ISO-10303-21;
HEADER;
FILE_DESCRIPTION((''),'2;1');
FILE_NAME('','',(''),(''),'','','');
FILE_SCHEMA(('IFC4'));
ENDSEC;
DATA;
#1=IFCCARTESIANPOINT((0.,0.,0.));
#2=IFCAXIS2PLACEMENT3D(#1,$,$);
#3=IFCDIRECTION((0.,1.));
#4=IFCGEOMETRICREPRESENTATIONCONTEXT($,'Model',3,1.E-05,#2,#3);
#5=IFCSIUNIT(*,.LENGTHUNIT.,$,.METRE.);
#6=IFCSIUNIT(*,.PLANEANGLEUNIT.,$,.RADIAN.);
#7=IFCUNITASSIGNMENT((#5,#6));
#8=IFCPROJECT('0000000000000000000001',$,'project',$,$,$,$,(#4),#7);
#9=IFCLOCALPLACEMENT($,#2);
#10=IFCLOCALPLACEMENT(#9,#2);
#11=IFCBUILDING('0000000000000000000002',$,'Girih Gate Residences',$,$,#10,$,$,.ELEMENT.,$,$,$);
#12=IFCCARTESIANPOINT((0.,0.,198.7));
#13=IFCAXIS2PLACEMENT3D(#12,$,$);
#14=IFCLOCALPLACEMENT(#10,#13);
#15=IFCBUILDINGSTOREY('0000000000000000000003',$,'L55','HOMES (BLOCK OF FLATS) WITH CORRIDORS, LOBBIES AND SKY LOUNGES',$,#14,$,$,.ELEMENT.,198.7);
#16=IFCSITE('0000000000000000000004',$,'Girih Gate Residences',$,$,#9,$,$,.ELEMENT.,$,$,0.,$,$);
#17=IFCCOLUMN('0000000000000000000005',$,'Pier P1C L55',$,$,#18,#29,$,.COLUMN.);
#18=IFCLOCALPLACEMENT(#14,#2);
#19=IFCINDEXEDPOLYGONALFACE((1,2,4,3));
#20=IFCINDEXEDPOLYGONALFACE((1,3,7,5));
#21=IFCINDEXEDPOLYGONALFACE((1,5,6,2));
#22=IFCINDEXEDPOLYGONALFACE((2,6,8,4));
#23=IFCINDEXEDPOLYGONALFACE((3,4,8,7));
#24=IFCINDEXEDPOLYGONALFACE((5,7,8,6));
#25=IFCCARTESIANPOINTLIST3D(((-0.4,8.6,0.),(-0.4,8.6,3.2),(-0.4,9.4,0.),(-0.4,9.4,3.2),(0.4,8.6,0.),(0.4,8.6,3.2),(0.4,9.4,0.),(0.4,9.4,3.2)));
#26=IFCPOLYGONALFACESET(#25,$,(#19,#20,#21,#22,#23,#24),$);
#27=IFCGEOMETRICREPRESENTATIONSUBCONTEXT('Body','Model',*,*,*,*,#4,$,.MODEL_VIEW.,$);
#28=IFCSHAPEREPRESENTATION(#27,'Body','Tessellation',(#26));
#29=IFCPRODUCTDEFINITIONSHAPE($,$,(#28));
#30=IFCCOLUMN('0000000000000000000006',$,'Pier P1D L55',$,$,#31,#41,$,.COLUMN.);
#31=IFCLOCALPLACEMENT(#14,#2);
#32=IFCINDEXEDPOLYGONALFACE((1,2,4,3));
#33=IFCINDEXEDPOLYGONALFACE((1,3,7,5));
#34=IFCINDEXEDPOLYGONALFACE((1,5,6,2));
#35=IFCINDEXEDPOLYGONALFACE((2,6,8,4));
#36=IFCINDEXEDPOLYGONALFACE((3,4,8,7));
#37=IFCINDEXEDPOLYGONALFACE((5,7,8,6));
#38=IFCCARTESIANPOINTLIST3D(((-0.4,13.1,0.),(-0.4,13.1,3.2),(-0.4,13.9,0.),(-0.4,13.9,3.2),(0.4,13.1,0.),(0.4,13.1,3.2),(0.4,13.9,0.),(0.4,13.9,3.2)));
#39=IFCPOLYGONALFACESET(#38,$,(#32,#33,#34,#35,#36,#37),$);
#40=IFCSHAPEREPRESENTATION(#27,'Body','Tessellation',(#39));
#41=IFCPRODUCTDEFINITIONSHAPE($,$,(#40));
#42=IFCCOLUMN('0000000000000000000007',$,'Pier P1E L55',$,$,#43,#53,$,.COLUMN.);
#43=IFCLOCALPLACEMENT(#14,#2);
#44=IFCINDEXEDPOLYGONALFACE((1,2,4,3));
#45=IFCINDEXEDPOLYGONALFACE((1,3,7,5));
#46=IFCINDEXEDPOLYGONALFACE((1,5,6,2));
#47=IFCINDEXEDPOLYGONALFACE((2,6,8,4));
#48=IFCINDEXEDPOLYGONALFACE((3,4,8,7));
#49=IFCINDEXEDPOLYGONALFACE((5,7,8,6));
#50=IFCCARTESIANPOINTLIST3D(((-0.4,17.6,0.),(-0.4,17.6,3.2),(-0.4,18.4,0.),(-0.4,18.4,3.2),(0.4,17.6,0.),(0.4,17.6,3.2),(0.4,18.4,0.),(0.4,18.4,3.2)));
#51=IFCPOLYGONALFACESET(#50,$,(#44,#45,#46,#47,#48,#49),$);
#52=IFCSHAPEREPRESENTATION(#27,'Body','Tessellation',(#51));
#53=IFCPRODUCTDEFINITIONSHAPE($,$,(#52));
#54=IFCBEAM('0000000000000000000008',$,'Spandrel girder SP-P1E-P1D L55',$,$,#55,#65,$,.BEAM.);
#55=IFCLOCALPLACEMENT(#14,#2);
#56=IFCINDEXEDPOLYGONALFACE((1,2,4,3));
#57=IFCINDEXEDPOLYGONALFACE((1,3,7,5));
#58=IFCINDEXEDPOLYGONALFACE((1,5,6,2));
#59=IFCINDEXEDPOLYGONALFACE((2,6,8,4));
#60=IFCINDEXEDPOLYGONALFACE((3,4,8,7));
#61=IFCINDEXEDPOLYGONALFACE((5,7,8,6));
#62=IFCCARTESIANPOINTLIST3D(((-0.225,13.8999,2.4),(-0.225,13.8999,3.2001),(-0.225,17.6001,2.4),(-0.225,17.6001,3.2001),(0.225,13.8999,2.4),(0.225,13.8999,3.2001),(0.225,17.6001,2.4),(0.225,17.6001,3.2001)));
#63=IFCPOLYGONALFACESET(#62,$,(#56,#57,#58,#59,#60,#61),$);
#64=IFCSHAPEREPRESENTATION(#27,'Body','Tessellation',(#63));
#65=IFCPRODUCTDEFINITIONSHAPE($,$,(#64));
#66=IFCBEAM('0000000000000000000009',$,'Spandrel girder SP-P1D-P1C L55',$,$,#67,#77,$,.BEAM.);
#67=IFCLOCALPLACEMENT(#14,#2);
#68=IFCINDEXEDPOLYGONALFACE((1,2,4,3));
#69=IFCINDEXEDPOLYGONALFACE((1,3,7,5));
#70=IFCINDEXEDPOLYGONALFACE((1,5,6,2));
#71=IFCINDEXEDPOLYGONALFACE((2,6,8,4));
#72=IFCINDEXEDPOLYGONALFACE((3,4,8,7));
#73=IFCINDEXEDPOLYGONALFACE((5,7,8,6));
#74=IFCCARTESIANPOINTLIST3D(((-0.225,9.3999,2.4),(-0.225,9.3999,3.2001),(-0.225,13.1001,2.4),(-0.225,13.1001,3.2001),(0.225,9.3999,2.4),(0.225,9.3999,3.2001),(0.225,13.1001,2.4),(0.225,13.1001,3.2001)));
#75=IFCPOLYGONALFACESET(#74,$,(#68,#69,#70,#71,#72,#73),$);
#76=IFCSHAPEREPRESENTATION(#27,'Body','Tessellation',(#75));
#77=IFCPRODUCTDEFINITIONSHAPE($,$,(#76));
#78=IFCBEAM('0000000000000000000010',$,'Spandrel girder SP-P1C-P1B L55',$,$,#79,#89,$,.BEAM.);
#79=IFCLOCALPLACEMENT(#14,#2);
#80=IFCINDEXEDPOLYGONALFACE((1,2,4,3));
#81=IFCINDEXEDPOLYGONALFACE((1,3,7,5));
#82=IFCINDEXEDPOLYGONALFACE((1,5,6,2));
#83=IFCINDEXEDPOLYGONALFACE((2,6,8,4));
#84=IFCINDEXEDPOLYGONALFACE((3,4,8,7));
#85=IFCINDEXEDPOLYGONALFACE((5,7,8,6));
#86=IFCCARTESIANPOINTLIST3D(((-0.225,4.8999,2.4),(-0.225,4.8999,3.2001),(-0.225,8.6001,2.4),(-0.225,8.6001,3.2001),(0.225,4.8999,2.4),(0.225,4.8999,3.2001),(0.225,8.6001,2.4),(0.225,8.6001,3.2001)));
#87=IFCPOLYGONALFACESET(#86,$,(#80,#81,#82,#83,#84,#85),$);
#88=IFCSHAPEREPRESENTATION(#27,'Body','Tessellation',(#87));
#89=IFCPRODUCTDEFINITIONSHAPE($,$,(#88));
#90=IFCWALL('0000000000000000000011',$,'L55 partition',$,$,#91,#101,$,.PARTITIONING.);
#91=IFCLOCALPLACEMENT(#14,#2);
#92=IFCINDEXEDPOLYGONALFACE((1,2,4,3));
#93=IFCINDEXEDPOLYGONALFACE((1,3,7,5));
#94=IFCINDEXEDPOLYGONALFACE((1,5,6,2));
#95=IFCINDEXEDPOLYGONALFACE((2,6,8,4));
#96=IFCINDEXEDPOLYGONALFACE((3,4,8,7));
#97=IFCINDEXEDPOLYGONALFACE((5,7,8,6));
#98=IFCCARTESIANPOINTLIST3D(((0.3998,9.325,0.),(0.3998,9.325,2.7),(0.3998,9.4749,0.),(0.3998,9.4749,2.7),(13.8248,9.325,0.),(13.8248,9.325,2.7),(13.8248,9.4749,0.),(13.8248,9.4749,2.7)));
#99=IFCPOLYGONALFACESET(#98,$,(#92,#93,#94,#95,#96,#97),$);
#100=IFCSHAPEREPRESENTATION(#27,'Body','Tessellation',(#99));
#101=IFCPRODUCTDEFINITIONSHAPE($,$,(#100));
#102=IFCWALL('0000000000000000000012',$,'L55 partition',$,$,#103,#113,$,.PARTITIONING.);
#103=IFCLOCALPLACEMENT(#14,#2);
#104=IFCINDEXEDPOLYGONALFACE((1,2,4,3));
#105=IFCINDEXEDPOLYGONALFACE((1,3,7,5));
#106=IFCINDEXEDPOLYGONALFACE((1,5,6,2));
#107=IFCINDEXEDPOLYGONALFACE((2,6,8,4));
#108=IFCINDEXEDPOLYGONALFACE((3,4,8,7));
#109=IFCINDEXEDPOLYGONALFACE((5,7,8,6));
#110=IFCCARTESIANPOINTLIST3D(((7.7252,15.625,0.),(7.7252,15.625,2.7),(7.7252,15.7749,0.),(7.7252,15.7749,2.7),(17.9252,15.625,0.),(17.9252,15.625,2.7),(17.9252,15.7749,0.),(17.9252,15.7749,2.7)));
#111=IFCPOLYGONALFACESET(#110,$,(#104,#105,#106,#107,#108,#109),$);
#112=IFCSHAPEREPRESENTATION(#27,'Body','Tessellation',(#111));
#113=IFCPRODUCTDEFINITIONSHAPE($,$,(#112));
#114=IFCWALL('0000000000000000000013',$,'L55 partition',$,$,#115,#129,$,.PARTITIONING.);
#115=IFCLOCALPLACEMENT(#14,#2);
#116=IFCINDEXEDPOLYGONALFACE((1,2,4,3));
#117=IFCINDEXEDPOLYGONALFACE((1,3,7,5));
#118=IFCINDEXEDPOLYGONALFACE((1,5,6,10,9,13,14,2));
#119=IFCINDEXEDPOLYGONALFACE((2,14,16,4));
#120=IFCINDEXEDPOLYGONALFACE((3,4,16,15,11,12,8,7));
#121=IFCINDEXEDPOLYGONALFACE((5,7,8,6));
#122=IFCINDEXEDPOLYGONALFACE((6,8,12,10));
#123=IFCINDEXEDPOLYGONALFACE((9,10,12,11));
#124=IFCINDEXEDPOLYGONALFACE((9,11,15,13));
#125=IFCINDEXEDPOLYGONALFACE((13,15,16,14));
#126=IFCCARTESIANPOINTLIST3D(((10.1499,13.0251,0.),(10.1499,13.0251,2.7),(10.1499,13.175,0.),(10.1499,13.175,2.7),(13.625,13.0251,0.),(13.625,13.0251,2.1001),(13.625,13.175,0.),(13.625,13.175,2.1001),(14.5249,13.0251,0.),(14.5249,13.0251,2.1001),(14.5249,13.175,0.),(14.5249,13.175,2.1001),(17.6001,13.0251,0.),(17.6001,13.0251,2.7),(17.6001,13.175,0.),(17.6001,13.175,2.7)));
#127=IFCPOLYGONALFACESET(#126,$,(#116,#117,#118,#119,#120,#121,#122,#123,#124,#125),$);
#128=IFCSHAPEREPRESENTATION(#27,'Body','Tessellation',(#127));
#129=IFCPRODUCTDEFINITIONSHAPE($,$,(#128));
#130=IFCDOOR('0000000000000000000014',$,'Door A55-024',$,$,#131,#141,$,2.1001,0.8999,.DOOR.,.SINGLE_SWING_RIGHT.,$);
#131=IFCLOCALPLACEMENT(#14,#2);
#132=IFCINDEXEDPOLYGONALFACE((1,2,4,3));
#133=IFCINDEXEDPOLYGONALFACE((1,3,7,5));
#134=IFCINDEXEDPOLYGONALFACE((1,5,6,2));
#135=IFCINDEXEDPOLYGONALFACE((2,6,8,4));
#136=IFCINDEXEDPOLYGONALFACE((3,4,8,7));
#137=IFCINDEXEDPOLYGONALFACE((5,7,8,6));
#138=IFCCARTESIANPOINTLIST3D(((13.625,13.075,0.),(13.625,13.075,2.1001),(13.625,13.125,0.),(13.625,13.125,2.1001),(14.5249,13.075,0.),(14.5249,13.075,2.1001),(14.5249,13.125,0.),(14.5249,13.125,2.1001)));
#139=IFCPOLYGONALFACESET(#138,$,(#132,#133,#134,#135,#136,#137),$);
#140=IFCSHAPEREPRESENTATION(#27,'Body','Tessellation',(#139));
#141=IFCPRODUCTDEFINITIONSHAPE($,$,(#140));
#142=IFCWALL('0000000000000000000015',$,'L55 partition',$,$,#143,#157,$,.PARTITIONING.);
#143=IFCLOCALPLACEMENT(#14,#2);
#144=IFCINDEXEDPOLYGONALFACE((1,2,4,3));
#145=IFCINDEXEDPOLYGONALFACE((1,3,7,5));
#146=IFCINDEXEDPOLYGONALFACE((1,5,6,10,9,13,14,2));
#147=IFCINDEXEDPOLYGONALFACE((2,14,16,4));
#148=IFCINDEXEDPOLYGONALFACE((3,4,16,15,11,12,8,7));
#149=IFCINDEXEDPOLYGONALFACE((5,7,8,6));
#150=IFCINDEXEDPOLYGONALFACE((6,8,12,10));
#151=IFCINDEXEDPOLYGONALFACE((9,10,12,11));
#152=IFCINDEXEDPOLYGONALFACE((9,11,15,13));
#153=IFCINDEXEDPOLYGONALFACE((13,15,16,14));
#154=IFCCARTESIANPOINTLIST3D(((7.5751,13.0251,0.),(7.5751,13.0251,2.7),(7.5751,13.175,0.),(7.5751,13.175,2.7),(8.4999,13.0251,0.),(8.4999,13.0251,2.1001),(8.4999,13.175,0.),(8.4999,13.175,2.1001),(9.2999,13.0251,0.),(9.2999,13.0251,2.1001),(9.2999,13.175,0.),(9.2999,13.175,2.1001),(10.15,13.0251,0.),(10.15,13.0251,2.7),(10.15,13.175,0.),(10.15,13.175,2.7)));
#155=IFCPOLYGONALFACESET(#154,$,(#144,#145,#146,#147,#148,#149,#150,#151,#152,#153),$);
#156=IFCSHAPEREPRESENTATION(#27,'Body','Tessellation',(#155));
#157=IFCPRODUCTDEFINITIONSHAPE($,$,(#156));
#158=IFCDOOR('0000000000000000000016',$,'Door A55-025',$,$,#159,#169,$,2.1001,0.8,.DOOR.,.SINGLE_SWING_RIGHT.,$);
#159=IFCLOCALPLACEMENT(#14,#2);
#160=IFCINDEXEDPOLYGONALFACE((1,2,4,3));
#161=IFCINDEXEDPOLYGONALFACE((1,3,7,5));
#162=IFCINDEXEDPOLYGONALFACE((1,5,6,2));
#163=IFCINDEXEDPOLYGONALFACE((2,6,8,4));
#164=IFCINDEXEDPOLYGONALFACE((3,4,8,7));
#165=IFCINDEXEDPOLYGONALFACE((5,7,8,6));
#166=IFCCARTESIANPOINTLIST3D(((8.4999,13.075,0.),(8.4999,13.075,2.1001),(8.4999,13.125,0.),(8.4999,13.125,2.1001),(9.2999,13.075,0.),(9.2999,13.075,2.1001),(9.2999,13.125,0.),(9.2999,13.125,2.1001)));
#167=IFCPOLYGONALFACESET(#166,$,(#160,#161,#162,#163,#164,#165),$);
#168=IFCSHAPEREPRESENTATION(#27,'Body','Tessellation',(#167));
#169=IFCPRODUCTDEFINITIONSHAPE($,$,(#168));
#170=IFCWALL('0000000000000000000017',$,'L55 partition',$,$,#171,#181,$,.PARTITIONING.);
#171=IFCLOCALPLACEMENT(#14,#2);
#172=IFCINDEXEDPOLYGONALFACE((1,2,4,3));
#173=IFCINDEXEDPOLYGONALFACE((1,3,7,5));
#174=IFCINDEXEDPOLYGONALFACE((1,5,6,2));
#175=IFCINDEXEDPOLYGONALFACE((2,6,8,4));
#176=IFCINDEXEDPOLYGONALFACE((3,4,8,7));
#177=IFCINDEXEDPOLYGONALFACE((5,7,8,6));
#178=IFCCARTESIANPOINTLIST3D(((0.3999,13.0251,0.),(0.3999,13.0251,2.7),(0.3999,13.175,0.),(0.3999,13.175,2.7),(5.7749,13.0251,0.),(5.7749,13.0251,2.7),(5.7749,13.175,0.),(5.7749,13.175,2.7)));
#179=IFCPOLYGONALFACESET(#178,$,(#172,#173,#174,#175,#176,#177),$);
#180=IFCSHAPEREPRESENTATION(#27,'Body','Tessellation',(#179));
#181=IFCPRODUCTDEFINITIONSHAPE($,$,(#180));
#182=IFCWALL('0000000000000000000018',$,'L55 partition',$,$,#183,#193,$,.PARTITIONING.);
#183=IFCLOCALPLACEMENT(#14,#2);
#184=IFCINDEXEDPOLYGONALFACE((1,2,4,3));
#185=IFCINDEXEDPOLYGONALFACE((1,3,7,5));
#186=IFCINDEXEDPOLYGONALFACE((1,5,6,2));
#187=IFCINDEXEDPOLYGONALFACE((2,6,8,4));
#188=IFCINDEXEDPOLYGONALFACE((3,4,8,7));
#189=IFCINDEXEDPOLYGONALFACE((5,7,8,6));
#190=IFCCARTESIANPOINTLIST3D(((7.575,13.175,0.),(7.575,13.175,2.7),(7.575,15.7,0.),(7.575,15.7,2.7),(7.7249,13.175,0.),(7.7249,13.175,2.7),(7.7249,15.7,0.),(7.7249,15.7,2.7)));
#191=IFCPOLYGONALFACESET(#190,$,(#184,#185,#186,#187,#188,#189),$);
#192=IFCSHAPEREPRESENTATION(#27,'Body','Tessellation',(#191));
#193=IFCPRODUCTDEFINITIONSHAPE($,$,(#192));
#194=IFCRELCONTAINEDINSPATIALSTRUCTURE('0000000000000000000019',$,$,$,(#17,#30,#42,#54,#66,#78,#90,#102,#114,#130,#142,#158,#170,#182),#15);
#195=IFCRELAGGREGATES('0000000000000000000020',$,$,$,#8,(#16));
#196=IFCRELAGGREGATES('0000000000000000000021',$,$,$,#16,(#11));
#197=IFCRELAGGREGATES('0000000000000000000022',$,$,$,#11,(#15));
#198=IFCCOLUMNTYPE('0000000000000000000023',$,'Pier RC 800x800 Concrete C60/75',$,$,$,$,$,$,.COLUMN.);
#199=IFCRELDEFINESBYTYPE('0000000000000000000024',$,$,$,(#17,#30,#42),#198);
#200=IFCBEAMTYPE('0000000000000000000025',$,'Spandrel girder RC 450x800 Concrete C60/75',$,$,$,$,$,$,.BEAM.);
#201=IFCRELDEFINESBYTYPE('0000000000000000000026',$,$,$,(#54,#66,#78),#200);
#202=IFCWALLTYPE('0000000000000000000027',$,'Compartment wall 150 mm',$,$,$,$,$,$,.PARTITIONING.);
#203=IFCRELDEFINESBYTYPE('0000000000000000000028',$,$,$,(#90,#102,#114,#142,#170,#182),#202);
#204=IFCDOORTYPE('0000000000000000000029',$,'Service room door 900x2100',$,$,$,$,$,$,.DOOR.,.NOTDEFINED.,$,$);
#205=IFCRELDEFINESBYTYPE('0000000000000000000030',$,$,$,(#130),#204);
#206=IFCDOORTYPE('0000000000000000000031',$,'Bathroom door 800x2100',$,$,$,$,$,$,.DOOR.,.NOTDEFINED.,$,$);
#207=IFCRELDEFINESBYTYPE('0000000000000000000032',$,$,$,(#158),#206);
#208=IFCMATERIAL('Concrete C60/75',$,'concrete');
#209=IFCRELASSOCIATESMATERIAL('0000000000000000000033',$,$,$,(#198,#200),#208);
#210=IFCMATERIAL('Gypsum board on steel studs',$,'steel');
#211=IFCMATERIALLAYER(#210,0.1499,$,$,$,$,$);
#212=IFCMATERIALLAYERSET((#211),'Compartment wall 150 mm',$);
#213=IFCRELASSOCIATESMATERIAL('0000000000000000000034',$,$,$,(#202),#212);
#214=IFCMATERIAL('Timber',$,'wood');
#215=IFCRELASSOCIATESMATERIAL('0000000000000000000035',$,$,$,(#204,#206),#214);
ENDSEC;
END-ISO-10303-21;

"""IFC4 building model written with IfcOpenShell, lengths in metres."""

from ifc_helpers import new_model, si_unit, direction, frame, frame_2d, origin, origin_2d, place, context, subcontext, project, spatial, rectangle, extrude, material, layer, layer_set, material_profile, profile_set, type_object, element, fill, save


model = new_model("IFC4")

# Units and contexts
model_context = context("Model", 3, precision=1e-05, world=origin(), true_north=direction((0.0, 1.0)))
body_context = subcontext(model_context, "Body", "Model", "MODEL_VIEW")
ifc_project = project(units=[si_unit("LENGTHUNIT", "METRE"), si_unit("PLANEANGLEUNIT", "RADIAN")], contexts=[model_context])

# Site, building, storey
site_placement = place(None, origin())
site = spatial("IfcSite", under=ifc_project, at=site_placement, Name="Girih Gate Residences", CompositionType="ELEMENT", RefElevation=0.0)
building_placement = place(site_placement, origin())
building = spatial("IfcBuilding", under=site, at=building_placement, Name="Girih Gate Residences", CompositionType="ELEMENT")
storey_placement = place(building_placement, frame((0.0, 0.0, 198.7)))
storey = spatial("IfcBuildingStorey", under=building, at=storey_placement, Name="L55", Description="HOMES (BLOCK OF FLATS) WITH CORRIDORS, LOBBIES AND SKY LOUNGES", CompositionType="ELEMENT", Elevation=198.7)

# Columns
ifc_material_1 = material(Name="Concrete C60/75", Category="concrete")
ifc_material_profile_1 = material_profile(ifc_material_1, rectangle(XDim=0.8, YDim=0.8, at=origin_2d()))
ifc_profile_set_1 = profile_set([ifc_material_profile_1], Name="Concrete C60/75")
column_type = type_object("IfcColumnType", Name="Pier RC 800x800 Concrete C60/75", PredefinedType="COLUMN", material=ifc_profile_set_1)
for number, where, z_axis, x_axis, name in (
    (1, (0.0, 9.0, 0.0), (0.0, 0.0, 1.0), (1.0, 0.0, 0.0), "Pier P1C L55"),
    (2, (0.0, 13.5, 0.0), (0.0, 0.0, 1.0), (1.0, 0.0, 0.0), "Pier P1D L55"),
    (3, (0.0, 18.0, 0.0), (0.0, 0.0, 1.0), (1.0, 0.0, 0.0), "Pier P1E L55"),
):
    element("IfcColumn", number, at=place(storey_placement, frame(where, z_axis=z_axis, x_axis=x_axis)), inside=storey, type_object=column_type, Name=name, PredefinedType="COLUMN", context=body_context, shape_type="SweptSolid", body=[
        extrude(rectangle(XDim=0.8, YDim=0.8, at=origin_2d()), origin(), (0.0, 0.0, 1.0), 3.2),
    ])

# Beams
ifc_material_profile_2 = material_profile(ifc_material_1, rectangle(XDim=0.45, YDim=0.8, at=origin_2d()))
ifc_profile_set_2 = profile_set([ifc_material_profile_2], Name="Concrete C60/75")
beam_type = type_object("IfcBeamType", Name="Spandrel girder RC 450x800 Concrete C60/75", PredefinedType="BEAM", material=ifc_profile_set_2)
for number, where, z_axis, x_axis, name in (
    (4, (0.0, 17.6001, 2.8), (0.0, -1.0, 0.0), (1.0, 0.0, 0.0), "Spandrel girder SP-P1E-P1D L55"),
    (5, (0.0, 13.1001, 2.8), (0.0, -1.0, 0.0), (1.0, 0.0, 0.0), "Spandrel girder SP-P1D-P1C L55"),
    (6, (0.0, 8.6001, 2.8), (0.0, -1.0, 0.0), (1.0, 0.0, 0.0), "Spandrel girder SP-P1C-P1B L55"),
):
    element("IfcBeam", number, at=place(storey_placement, frame(where, z_axis=z_axis, x_axis=x_axis)), inside=storey, type_object=beam_type, Name=name, PredefinedType="BEAM", context=body_context, shape_type="SweptSolid", body=[
        extrude(rectangle(XDim=0.45, YDim=0.8, at=origin_2d()), origin(), (0.0, 0.0, 1.0), 3.7002),
    ])

# Walls
ifc_material_2 = material(Name="Gypsum board on steel studs", Category="steel")
ifc_layer_1 = layer(ifc_material_2, 0.1499)
ifc_layer_set_1 = layer_set([ifc_layer_1], Name="Compartment wall 150 mm")
wall_type_1 = type_object("IfcWallType", Name="Compartment wall 150 mm", PredefinedType="PARTITIONING", material=ifc_layer_set_1)
wall_1_placement = place(storey_placement, frame((0.3999, 9.3999, 0.0), z_axis=(0.0, 0.0, 1.0), x_axis=(1.0, 0.0, 0.0)))
element("IfcWall", 7, at=wall_1_placement, inside=storey, type_object=wall_type_1, Name="L55 partition", PredefinedType="PARTITIONING", context=body_context, shape_type="SweptSolid", body=[
    extrude(rectangle(XDim=13.425, YDim=0.1499, at=frame_2d((6.7124, 0.0))), origin(), (0.0, 0.0, 1.0), 2.7),
])
wall_2_placement = place(storey_placement, frame((7.7251, 15.7, 0.0), z_axis=(0.0, 0.0, 1.0), x_axis=(1.0, 0.0, 0.0)))
element("IfcWall", 8, at=wall_2_placement, inside=storey, type_object=wall_type_1, Name="L55 partition", PredefinedType="PARTITIONING", context=body_context, shape_type="SweptSolid", body=[
    extrude(rectangle(XDim=10.2, YDim=0.1499, at=frame_2d((5.1001, 0.0))), origin(), (0.0, 0.0, 1.0), 2.7),
])

# Walls, openings, doors
wall_3_placement = place(storey_placement, frame((10.1499, 13.1001, 0.0), z_axis=(0.0, 0.0, 1.0), x_axis=(1.0, 0.0, 0.0)))
wall_3 = element("IfcWall", 9, at=wall_3_placement, inside=storey, type_object=wall_type_1, Name="L55 partition", PredefinedType="PARTITIONING", context=body_context, shape_type="SweptSolid", body=[
    extrude(rectangle(XDim=7.4502, YDim=0.1499, at=frame_2d((3.7251, 0.0))), origin(), (0.0, 0.0, 1.0), 2.7),
])
opening_1_placement = place(wall_3_placement, frame((3.4751, 0.0, 0.0)))
opening_1 = element("IfcOpeningElement", 10, at=opening_1_placement, cuts=wall_3, PredefinedType="OPENING", context=body_context, shape_type="SweptSolid", body=[
    extrude(rectangle(XDim=0.8999, YDim=2.1001, at=frame_2d((0.45, 1.05))), frame((0.0, 0.085, 0.0), z_axis=(0.0, -1.0, 0.0), x_axis=(1.0, 0.0, 0.0)), (0.0, 0.0, 1.0), 0.1699),
])
ifc_material_3 = material(Name="Timber", Category="wood")
door_type_1 = type_object("IfcDoorType", Name="Service room door 900x2100", OperationType="NOTDEFINED", PredefinedType="DOOR", material=ifc_material_3)
door_1_placement = place(opening_1_placement, origin())
door_1 = element("IfcDoor", 11, at=door_1_placement, inside=storey, type_object=door_type_1, Name="Door A55-024", OperationType="SINGLE_SWING_RIGHT", OverallHeight=2.1001, OverallWidth=0.8999, PredefinedType="DOOR", context=body_context, shape_type="SweptSolid", body=[
    extrude(rectangle(XDim=0.8999, YDim=2.1001, at=frame_2d((0.45, 1.05))), frame((0.0, 0.0249, 0.0), z_axis=(0.0, -1.0, 0.0), x_axis=(1.0, 0.0, 0.0)), (0.0, 0.0, 1.0), 0.05),
])
fill(opening_1, door_1)
wall_4_placement = place(storey_placement, frame((7.575, 13.1001, 0.0), z_axis=(0.0, 0.0, 1.0), x_axis=(1.0, 0.0, 0.0)))
wall_4 = element("IfcWall", 12, at=wall_4_placement, inside=storey, type_object=wall_type_1, Name="L55 partition", PredefinedType="PARTITIONING", context=body_context, shape_type="SweptSolid", body=[
    extrude(rectangle(XDim=2.575, YDim=0.1499, at=frame_2d((1.2876, 0.0))), origin(), (0.0, 0.0, 1.0), 2.7),
])
opening_2_placement = place(wall_4_placement, frame((0.925, 0.0, 0.0)))
opening_2 = element("IfcOpeningElement", 13, at=opening_2_placement, cuts=wall_4, PredefinedType="OPENING", context=body_context, shape_type="SweptSolid", body=[
    extrude(rectangle(XDim=0.8, YDim=2.1001, at=frame_2d((0.3999, 1.05))), frame((0.0, 0.085, 0.0), z_axis=(0.0, -1.0, 0.0), x_axis=(1.0, 0.0, 0.0)), (0.0, 0.0, 1.0), 0.1699),
])
door_type_2 = type_object("IfcDoorType", Name="Bathroom door 800x2100", OperationType="NOTDEFINED", PredefinedType="DOOR", material=ifc_material_3)
door_2_placement = place(opening_2_placement, origin())
door_2 = element("IfcDoor", 14, at=door_2_placement, inside=storey, type_object=door_type_2, Name="Door A55-025", OperationType="SINGLE_SWING_RIGHT", OverallHeight=2.1001, OverallWidth=0.8, PredefinedType="DOOR", context=body_context, shape_type="SweptSolid", body=[
    extrude(rectangle(XDim=0.8, YDim=2.1001, at=frame_2d((0.3999, 1.05))), frame((0.0, 0.0249, 0.0), z_axis=(0.0, -1.0, 0.0), x_axis=(1.0, 0.0, 0.0)), (0.0, 0.0, 1.0), 0.05),
])
fill(opening_2, door_2)

# Walls
wall_5_placement = place(storey_placement, frame((0.3999, 13.1001, 0.0), z_axis=(0.0, 0.0, 1.0), x_axis=(1.0, 0.0, 0.0)))
element("IfcWall", 15, at=wall_5_placement, inside=storey, type_object=wall_type_1, Name="L55 partition", PredefinedType="PARTITIONING", context=body_context, shape_type="SweptSolid", body=[
    extrude(rectangle(XDim=5.375, YDim=0.1499, at=frame_2d((2.6875, 0.0))), origin(), (0.0, 0.0, 1.0), 2.7),
])
wall_6_placement = place(storey_placement, frame((7.6499, 13.175, 0.0), z_axis=(0.0, 0.0, 1.0), x_axis=(0.0, 1.0, 0.0)))
element("IfcWall", 16, at=wall_6_placement, inside=storey, type_object=wall_type_1, Name="L55 partition", PredefinedType="PARTITIONING", context=body_context, shape_type="SweptSolid", body=[
    extrude(rectangle(XDim=2.5249, YDim=0.1499, at=frame_2d((1.2625, 0.0))), origin(), (0.0, 0.0, 1.0), 2.7),
])

save(model, "model.ifc")
